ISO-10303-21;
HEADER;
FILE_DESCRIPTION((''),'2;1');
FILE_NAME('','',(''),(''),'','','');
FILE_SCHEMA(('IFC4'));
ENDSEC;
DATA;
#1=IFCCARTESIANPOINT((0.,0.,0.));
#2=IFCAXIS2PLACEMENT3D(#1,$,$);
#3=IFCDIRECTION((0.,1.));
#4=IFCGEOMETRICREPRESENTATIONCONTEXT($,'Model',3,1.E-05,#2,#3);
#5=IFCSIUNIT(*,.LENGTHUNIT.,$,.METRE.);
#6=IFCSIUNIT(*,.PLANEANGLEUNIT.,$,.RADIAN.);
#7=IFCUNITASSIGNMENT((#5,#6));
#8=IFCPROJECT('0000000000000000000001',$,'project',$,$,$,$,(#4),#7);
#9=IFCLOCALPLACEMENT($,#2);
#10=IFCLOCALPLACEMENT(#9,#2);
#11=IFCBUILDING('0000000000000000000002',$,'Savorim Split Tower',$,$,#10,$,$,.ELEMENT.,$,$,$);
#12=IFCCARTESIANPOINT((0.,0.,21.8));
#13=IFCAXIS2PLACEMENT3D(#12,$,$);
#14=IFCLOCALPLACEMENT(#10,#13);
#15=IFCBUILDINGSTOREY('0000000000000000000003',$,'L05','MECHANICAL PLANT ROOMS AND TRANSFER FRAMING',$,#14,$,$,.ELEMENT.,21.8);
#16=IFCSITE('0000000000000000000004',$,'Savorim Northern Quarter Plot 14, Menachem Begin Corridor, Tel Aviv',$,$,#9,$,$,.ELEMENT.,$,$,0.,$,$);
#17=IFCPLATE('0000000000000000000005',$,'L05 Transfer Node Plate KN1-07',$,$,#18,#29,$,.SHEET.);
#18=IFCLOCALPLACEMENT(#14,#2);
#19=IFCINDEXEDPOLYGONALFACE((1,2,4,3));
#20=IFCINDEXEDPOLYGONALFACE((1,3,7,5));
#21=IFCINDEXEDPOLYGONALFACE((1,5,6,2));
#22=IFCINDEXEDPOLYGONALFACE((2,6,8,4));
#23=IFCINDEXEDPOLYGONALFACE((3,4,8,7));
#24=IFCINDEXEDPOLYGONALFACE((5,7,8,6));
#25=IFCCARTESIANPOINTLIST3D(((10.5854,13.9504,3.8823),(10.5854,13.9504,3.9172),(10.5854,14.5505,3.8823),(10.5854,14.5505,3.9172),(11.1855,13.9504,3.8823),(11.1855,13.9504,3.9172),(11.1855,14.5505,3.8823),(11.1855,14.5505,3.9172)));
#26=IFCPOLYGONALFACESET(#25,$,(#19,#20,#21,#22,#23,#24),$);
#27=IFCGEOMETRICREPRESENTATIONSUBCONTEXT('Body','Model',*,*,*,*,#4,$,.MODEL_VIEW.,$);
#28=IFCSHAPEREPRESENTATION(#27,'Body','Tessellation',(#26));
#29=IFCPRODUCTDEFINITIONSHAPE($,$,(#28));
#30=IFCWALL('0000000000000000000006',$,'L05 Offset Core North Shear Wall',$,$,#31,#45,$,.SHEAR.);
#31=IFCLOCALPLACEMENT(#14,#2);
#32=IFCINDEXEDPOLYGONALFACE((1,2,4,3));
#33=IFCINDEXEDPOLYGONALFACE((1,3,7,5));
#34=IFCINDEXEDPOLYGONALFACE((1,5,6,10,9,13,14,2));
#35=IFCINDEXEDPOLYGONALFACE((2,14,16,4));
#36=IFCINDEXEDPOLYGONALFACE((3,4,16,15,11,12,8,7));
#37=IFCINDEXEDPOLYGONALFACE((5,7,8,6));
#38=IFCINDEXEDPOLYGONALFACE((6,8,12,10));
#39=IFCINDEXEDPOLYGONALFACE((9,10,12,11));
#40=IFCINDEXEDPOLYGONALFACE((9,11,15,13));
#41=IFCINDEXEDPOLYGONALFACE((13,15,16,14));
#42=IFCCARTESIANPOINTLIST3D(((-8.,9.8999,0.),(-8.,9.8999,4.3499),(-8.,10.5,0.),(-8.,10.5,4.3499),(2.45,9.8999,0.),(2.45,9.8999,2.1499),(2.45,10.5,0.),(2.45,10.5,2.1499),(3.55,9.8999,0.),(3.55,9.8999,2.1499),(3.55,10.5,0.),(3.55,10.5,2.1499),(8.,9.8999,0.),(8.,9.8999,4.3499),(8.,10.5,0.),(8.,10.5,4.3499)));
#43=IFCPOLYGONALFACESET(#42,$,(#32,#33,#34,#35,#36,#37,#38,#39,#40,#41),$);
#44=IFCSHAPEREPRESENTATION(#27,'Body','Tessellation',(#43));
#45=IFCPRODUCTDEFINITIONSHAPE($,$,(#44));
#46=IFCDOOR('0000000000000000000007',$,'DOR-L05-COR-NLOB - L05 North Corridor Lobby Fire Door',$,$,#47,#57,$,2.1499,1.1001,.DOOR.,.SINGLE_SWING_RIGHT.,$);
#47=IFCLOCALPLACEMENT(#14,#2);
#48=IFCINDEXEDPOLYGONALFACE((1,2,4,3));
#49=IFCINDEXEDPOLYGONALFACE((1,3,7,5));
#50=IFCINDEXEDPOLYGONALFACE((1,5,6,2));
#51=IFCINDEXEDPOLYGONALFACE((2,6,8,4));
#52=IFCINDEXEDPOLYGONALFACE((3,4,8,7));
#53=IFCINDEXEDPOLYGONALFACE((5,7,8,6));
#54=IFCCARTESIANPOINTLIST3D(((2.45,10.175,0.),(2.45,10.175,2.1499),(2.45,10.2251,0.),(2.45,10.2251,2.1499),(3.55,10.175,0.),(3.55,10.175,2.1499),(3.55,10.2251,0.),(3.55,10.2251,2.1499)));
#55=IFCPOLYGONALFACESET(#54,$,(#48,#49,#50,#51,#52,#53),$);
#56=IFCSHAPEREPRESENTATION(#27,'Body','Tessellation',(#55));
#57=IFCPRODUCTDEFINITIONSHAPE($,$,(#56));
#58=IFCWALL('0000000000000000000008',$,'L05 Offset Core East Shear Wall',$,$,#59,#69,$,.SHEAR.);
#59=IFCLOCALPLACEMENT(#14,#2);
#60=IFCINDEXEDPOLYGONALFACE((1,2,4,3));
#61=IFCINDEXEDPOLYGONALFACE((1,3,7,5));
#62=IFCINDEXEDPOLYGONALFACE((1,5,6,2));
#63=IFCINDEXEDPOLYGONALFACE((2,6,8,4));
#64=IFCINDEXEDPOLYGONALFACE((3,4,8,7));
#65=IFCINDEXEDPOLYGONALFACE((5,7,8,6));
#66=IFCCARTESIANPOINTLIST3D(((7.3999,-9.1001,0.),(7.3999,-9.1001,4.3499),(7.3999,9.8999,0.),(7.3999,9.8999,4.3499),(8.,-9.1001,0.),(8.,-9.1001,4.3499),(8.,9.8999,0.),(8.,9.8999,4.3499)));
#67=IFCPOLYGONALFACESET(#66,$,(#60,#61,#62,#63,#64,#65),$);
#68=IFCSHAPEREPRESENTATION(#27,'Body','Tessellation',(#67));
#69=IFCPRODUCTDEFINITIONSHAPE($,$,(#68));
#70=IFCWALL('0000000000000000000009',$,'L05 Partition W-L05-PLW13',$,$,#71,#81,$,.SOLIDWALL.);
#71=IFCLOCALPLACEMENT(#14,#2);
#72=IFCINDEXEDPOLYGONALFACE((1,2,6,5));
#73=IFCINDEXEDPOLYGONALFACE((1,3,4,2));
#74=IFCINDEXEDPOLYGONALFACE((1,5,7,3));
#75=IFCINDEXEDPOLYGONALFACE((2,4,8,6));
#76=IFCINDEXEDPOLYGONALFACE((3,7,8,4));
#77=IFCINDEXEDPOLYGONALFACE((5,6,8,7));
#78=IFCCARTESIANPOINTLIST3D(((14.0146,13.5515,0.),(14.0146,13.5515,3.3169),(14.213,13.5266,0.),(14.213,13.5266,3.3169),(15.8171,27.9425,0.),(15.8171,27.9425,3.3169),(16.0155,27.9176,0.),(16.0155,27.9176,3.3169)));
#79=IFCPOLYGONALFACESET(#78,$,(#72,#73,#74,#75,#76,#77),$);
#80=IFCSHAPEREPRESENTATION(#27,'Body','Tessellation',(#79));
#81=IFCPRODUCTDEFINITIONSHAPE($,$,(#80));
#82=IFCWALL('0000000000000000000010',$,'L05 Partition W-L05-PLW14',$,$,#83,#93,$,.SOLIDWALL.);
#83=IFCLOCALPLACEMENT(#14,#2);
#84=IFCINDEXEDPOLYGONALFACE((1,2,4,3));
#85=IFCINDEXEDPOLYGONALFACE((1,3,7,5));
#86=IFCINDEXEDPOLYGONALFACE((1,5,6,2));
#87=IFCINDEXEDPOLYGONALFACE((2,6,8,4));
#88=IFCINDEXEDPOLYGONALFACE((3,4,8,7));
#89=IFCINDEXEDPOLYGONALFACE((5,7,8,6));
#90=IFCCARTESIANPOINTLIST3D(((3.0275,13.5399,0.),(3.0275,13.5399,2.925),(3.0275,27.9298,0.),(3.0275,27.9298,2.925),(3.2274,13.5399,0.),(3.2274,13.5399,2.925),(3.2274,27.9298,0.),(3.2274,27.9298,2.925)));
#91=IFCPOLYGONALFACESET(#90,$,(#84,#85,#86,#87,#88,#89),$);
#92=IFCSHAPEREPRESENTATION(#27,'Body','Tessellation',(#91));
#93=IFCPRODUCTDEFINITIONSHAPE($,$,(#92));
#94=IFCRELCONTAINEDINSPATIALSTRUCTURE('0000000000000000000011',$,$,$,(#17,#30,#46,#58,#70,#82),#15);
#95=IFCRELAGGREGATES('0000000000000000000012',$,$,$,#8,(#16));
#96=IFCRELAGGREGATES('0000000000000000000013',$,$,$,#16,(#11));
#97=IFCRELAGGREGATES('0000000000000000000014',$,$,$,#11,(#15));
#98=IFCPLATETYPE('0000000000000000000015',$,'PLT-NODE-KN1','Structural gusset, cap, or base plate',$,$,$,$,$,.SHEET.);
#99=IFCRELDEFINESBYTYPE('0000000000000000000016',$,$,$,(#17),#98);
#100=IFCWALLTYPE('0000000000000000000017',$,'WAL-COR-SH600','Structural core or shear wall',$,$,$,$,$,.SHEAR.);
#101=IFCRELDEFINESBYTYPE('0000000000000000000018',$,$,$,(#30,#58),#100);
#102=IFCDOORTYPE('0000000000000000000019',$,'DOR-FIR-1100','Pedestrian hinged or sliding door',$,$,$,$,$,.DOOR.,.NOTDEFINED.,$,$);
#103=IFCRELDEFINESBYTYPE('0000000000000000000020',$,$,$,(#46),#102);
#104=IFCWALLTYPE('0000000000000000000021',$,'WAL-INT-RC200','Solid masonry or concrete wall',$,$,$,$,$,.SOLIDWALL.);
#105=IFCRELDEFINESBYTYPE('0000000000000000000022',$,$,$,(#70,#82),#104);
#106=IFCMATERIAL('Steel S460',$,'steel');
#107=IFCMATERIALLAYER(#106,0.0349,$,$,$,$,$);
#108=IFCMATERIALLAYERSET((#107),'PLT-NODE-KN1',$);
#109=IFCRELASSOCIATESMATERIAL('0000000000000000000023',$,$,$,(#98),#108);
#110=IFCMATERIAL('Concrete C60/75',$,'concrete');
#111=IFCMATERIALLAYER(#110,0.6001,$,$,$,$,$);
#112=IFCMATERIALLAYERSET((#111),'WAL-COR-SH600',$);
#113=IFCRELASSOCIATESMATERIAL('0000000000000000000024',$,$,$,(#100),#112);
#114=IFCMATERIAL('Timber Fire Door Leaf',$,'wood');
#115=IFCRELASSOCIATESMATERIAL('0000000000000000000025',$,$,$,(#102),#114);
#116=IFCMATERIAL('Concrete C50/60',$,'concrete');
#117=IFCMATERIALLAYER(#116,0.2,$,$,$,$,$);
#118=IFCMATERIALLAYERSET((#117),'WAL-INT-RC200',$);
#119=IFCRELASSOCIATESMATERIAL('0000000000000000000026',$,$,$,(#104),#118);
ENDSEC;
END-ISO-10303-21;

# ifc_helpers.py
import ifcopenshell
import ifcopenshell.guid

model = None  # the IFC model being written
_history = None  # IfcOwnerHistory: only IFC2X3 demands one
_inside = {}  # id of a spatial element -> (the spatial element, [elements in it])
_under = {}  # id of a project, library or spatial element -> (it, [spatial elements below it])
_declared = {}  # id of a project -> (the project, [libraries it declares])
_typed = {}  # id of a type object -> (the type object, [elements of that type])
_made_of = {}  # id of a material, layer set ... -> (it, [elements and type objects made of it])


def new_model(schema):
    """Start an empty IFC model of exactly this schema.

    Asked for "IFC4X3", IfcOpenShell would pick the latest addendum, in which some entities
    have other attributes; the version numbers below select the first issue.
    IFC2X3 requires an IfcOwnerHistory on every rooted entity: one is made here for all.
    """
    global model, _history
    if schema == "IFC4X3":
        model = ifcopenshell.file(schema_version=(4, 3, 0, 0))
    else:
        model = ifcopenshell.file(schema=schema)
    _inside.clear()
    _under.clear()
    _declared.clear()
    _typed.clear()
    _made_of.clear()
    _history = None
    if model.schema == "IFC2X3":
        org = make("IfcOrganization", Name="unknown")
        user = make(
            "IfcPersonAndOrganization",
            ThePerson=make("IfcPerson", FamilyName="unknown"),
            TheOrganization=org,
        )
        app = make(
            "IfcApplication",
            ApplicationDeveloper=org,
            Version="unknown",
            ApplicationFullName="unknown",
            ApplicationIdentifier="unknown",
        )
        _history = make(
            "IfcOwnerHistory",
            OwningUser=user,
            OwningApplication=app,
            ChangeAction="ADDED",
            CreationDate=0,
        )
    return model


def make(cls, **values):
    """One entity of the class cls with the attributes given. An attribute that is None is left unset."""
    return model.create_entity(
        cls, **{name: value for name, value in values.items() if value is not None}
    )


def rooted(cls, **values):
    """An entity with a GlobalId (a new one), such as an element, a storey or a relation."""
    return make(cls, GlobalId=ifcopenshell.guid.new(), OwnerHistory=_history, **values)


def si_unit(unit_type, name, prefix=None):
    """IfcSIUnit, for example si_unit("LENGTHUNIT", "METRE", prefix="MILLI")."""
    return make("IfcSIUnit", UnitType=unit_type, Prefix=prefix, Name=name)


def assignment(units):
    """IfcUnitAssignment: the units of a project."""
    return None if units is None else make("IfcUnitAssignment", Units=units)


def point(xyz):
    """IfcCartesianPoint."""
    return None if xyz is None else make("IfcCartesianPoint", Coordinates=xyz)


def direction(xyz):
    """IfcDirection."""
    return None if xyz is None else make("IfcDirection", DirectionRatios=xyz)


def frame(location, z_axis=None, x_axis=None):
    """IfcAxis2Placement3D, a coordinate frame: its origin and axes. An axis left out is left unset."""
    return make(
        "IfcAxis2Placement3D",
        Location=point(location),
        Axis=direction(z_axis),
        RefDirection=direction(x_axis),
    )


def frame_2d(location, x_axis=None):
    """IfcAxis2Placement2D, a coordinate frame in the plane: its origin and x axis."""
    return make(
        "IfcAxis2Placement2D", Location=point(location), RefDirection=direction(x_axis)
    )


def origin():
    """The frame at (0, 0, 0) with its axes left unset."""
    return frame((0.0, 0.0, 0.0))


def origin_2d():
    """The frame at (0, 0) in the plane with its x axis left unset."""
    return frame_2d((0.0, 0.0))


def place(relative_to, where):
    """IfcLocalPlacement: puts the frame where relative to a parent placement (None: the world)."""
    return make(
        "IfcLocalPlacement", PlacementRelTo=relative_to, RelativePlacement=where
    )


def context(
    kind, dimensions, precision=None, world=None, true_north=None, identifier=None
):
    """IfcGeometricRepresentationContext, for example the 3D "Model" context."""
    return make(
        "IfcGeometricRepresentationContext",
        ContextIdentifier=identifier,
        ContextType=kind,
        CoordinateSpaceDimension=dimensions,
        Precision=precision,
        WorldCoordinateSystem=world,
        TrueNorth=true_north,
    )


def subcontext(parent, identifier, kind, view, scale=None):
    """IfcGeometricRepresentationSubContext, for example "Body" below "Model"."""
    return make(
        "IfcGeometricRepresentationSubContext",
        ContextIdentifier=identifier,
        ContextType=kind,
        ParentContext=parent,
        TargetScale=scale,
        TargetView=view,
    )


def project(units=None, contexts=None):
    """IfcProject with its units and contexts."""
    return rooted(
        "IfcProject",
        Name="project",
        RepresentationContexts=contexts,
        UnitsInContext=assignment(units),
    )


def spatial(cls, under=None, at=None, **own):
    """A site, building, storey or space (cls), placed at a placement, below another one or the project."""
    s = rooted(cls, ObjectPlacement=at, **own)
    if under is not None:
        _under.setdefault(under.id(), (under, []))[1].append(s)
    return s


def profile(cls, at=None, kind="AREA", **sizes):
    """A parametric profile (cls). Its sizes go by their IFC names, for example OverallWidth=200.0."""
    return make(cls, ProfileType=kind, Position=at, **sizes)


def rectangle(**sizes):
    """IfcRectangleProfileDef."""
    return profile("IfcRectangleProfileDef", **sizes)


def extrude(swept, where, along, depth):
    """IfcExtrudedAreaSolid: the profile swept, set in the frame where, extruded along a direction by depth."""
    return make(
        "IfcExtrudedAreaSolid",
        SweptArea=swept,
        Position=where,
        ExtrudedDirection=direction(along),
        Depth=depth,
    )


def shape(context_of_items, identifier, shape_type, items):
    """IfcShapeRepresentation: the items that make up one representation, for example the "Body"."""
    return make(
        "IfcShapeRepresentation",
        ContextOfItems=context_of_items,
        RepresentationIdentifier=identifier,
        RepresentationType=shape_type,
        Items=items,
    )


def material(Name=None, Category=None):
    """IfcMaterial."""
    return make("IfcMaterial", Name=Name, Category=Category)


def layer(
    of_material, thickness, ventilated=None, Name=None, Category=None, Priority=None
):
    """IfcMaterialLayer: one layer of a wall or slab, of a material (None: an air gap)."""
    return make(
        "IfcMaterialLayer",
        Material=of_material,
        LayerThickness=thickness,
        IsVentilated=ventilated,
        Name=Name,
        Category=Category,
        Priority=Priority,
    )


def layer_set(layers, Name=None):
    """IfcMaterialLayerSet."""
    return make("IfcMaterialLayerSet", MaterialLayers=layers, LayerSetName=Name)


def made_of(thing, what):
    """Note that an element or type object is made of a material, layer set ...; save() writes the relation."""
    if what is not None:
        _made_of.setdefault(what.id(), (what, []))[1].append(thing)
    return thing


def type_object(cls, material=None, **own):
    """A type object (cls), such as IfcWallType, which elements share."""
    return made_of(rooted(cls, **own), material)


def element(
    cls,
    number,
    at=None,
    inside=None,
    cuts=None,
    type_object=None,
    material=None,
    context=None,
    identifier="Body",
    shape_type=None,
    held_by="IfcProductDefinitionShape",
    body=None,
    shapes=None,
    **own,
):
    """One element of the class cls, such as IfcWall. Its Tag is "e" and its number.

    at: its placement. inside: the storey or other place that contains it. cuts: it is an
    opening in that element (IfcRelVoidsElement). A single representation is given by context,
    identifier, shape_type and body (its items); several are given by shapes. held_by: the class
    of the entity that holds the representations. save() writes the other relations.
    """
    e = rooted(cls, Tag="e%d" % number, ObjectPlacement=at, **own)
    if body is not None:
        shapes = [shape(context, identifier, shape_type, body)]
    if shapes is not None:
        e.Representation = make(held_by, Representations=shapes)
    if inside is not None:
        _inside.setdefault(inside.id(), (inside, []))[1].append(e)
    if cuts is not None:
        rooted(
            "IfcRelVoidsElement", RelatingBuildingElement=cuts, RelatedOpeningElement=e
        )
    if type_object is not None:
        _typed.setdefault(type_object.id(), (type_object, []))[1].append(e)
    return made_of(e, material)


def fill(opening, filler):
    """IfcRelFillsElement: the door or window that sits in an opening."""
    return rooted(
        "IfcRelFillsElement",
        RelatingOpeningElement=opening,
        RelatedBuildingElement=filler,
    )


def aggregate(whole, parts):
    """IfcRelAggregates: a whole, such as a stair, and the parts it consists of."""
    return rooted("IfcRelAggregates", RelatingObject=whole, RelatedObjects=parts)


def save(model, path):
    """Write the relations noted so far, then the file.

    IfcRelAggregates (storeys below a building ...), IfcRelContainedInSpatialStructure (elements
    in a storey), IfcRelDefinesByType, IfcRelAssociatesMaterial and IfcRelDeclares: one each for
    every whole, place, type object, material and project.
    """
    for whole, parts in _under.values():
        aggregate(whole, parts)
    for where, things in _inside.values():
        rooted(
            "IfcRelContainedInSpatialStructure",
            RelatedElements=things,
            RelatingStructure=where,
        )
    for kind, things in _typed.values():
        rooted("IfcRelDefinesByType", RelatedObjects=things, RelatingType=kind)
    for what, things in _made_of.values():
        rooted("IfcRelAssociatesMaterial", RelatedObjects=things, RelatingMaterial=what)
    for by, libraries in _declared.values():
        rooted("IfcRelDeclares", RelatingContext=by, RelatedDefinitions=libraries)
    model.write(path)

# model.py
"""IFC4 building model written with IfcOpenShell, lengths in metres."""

from ifc_helpers import new_model, si_unit, direction, frame, frame_2d, origin, origin_2d, place, context, subcontext, project, spatial, rectangle, extrude, material, layer, layer_set, type_object, element, fill, save


model = new_model("IFC4")

# Units and contexts
model_context = context("Model", 3, precision=1e-05, world=origin(), true_north=direction((0.0, 1.0)))
body_context = subcontext(model_context, "Body", "Model", "MODEL_VIEW")
ifc_project = project(units=[si_unit("LENGTHUNIT", "METRE"), si_unit("PLANEANGLEUNIT", "RADIAN")], contexts=[model_context])

# Site, building, storey
site_placement = place(None, origin())
site = spatial("IfcSite", under=ifc_project, at=site_placement, Name="Savorim Northern Quarter Plot 14, Menachem Begin Corridor, Tel Aviv", CompositionType="ELEMENT", RefElevation=0.0)
building_placement = place(site_placement, origin())
building = spatial("IfcBuilding", under=site, at=building_placement, Name="Savorim Split Tower", CompositionType="ELEMENT")
storey_placement = place(building_placement, frame((0.0, 0.0, 21.8)))
storey = spatial("IfcBuildingStorey", under=building, at=storey_placement, Name="L05", Description="MECHANICAL PLANT ROOMS AND TRANSFER FRAMING", CompositionType="ELEMENT", Elevation=21.8)

# Shared definitions
ifc_material_1 = material(Name="Concrete C60/75", Category="concrete")

# Shared definitions
ifc_material_2 = material(Name="Steel S460", Category="steel")

# Plate
ifc_layer_1 = layer(ifc_material_2, 0.0349)
ifc_layer_set_1 = layer_set([ifc_layer_1], Name="PLT-NODE-KN1")
plate_type_1 = type_object("IfcPlateType", Name="PLT-NODE-KN1", Description="Structural gusset, cap, or base plate", PredefinedType="SHEET", material=ifc_layer_set_1)
plate_1_placement = place(storey_placement, frame((10.8855, 14.2505, 3.8823), z_axis=(0.0, 0.0, 1.0), x_axis=(1.0, 0.0, 0.0)))
element("IfcPlate", 1, at=plate_1_placement, inside=storey, type_object=plate_type_1, Name="L05 Transfer Node Plate KN1-07", PredefinedType="SHEET", context=body_context, shape_type="SweptSolid", body=[
    extrude(rectangle(XDim=0.6001, YDim=0.6001, at=origin_2d()), origin(), (0.0, 0.0, 1.0), 0.0349),
])

# Wall, opening, door
ifc_layer_2 = layer(ifc_material_1, 0.6001)
ifc_layer_set_2 = layer_set([ifc_layer_2], Name="WAL-COR-SH600")
wall_type_1 = type_object("IfcWallType", Name="WAL-COR-SH600", Description="Structural core or shear wall", PredefinedType="SHEAR", material=ifc_layer_set_2)
wall_1_placement = place(storey_placement, frame((8.0, 10.2, 0.0), z_axis=(0.0, 0.0, 1.0), x_axis=(-1.0, 0.0, 0.0)))
wall_1 = element("IfcWall", 2, at=wall_1_placement, inside=storey, type_object=wall_type_1, Name="L05 Offset Core North Shear Wall", PredefinedType="SHEAR", context=body_context, shape_type="SweptSolid", body=[
    extrude(rectangle(XDim=16.0, YDim=0.6001, at=frame_2d((8.0, 0.0))), origin(), (0.0, 0.0, 1.0), 4.3499),
])
opening_placement = place(wall_1_placement, frame((4.45, 0.0, 0.0)))
opening = element("IfcOpeningElement", 3, at=opening_placement, cuts=wall_1, PredefinedType="OPENING", context=body_context, shape_type="SweptSolid", body=[
    extrude(rectangle(XDim=1.1001, YDim=2.1499, at=frame_2d((0.55, 1.075))), frame((0.0, 0.3101, 0.0), z_axis=(0.0, -1.0, 0.0), x_axis=(1.0, 0.0, 0.0)), (0.0, 0.0, 1.0), 0.6201),
])
ifc_material_3 = material(Name="Timber Fire Door Leaf", Category="wood")
door_type = type_object("IfcDoorType", Name="DOR-FIR-1100", Description="Pedestrian hinged or sliding door", OperationType="NOTDEFINED", PredefinedType="DOOR", material=ifc_material_3)
door_placement = place(opening_placement, origin())
door = element("IfcDoor", 4, at=door_placement, inside=storey, type_object=door_type, Name="DOR-L05-COR-NLOB - L05 North Corridor Lobby Fire Door", OperationType="SINGLE_SWING_RIGHT", OverallHeight=2.1499, OverallWidth=1.1001, PredefinedType="DOOR", context=body_context, shape_type="SweptSolid", body=[
    extrude(rectangle(XDim=1.1001, YDim=2.1499, at=frame_2d((0.55, 1.075))), frame((0.0, 0.0249, 0.0), z_axis=(0.0, -1.0, 0.0), x_axis=(1.0, 0.0, 0.0)), (0.0, 0.0, 1.0), 0.05),
])
fill(opening, door)

# Walls
wall_2_placement = place(storey_placement, frame((7.7, 9.8999, 0.0), z_axis=(0.0, 0.0, 1.0), x_axis=(0.0, -1.0, 0.0)))
element("IfcWall", 5, at=wall_2_placement, inside=storey, type_object=wall_type_1, Name="L05 Offset Core East Shear Wall", PredefinedType="SHEAR", context=body_context, shape_type="SweptSolid", body=[
    extrude(rectangle(XDim=19.0, YDim=0.6001, at=frame_2d((9.5, 0.0))), origin(), (0.0, 0.0, 1.0), 4.3499),
])
ifc_material_4 = material(Name="Concrete C50/60", Category="concrete")
ifc_layer_3 = layer(ifc_material_4, 0.2)
ifc_layer_set_3 = layer_set([ifc_layer_3], Name="WAL-INT-RC200")
wall_type_2 = type_object("IfcWallType", Name="WAL-INT-RC200", Description="Solid masonry or concrete wall", PredefinedType="SOLIDWALL", material=ifc_layer_set_3)
wall_3_placement = place(storey_placement, frame((14.1138, 13.5391, 0.0), z_axis=(0.0, 0.0, 1.0), x_axis=(0.124281, 0.992247, 0.0)))
element("IfcWall", 6, at=wall_3_placement, inside=storey, type_object=wall_type_2, Name="L05 Partition W-L05-PLW13", PredefinedType="SOLIDWALL", context=body_context, shape_type="SweptSolid", body=[
    extrude(rectangle(XDim=14.5034, YDim=0.2, at=frame_2d((7.2517, 0.0))), origin(), (0.0, 0.0, 1.0), 3.3169),
])
wall_4_placement = place(storey_placement, frame((3.1274, 13.54, 0.0), z_axis=(0.0, 0.0, 1.0), x_axis=(0.0, 1.0, 0.0)))
element("IfcWall", 7, at=wall_4_placement, inside=storey, type_object=wall_type_2, Name="L05 Partition W-L05-PLW14", PredefinedType="SOLIDWALL", context=body_context, shape_type="SweptSolid", body=[
    extrude(rectangle(XDim=14.3899, YDim=0.2, at=frame_2d((7.1948, 0.0))), origin(), (0.0, 0.0, 1.0), 2.925),
])

save(model, "model.ifc")
